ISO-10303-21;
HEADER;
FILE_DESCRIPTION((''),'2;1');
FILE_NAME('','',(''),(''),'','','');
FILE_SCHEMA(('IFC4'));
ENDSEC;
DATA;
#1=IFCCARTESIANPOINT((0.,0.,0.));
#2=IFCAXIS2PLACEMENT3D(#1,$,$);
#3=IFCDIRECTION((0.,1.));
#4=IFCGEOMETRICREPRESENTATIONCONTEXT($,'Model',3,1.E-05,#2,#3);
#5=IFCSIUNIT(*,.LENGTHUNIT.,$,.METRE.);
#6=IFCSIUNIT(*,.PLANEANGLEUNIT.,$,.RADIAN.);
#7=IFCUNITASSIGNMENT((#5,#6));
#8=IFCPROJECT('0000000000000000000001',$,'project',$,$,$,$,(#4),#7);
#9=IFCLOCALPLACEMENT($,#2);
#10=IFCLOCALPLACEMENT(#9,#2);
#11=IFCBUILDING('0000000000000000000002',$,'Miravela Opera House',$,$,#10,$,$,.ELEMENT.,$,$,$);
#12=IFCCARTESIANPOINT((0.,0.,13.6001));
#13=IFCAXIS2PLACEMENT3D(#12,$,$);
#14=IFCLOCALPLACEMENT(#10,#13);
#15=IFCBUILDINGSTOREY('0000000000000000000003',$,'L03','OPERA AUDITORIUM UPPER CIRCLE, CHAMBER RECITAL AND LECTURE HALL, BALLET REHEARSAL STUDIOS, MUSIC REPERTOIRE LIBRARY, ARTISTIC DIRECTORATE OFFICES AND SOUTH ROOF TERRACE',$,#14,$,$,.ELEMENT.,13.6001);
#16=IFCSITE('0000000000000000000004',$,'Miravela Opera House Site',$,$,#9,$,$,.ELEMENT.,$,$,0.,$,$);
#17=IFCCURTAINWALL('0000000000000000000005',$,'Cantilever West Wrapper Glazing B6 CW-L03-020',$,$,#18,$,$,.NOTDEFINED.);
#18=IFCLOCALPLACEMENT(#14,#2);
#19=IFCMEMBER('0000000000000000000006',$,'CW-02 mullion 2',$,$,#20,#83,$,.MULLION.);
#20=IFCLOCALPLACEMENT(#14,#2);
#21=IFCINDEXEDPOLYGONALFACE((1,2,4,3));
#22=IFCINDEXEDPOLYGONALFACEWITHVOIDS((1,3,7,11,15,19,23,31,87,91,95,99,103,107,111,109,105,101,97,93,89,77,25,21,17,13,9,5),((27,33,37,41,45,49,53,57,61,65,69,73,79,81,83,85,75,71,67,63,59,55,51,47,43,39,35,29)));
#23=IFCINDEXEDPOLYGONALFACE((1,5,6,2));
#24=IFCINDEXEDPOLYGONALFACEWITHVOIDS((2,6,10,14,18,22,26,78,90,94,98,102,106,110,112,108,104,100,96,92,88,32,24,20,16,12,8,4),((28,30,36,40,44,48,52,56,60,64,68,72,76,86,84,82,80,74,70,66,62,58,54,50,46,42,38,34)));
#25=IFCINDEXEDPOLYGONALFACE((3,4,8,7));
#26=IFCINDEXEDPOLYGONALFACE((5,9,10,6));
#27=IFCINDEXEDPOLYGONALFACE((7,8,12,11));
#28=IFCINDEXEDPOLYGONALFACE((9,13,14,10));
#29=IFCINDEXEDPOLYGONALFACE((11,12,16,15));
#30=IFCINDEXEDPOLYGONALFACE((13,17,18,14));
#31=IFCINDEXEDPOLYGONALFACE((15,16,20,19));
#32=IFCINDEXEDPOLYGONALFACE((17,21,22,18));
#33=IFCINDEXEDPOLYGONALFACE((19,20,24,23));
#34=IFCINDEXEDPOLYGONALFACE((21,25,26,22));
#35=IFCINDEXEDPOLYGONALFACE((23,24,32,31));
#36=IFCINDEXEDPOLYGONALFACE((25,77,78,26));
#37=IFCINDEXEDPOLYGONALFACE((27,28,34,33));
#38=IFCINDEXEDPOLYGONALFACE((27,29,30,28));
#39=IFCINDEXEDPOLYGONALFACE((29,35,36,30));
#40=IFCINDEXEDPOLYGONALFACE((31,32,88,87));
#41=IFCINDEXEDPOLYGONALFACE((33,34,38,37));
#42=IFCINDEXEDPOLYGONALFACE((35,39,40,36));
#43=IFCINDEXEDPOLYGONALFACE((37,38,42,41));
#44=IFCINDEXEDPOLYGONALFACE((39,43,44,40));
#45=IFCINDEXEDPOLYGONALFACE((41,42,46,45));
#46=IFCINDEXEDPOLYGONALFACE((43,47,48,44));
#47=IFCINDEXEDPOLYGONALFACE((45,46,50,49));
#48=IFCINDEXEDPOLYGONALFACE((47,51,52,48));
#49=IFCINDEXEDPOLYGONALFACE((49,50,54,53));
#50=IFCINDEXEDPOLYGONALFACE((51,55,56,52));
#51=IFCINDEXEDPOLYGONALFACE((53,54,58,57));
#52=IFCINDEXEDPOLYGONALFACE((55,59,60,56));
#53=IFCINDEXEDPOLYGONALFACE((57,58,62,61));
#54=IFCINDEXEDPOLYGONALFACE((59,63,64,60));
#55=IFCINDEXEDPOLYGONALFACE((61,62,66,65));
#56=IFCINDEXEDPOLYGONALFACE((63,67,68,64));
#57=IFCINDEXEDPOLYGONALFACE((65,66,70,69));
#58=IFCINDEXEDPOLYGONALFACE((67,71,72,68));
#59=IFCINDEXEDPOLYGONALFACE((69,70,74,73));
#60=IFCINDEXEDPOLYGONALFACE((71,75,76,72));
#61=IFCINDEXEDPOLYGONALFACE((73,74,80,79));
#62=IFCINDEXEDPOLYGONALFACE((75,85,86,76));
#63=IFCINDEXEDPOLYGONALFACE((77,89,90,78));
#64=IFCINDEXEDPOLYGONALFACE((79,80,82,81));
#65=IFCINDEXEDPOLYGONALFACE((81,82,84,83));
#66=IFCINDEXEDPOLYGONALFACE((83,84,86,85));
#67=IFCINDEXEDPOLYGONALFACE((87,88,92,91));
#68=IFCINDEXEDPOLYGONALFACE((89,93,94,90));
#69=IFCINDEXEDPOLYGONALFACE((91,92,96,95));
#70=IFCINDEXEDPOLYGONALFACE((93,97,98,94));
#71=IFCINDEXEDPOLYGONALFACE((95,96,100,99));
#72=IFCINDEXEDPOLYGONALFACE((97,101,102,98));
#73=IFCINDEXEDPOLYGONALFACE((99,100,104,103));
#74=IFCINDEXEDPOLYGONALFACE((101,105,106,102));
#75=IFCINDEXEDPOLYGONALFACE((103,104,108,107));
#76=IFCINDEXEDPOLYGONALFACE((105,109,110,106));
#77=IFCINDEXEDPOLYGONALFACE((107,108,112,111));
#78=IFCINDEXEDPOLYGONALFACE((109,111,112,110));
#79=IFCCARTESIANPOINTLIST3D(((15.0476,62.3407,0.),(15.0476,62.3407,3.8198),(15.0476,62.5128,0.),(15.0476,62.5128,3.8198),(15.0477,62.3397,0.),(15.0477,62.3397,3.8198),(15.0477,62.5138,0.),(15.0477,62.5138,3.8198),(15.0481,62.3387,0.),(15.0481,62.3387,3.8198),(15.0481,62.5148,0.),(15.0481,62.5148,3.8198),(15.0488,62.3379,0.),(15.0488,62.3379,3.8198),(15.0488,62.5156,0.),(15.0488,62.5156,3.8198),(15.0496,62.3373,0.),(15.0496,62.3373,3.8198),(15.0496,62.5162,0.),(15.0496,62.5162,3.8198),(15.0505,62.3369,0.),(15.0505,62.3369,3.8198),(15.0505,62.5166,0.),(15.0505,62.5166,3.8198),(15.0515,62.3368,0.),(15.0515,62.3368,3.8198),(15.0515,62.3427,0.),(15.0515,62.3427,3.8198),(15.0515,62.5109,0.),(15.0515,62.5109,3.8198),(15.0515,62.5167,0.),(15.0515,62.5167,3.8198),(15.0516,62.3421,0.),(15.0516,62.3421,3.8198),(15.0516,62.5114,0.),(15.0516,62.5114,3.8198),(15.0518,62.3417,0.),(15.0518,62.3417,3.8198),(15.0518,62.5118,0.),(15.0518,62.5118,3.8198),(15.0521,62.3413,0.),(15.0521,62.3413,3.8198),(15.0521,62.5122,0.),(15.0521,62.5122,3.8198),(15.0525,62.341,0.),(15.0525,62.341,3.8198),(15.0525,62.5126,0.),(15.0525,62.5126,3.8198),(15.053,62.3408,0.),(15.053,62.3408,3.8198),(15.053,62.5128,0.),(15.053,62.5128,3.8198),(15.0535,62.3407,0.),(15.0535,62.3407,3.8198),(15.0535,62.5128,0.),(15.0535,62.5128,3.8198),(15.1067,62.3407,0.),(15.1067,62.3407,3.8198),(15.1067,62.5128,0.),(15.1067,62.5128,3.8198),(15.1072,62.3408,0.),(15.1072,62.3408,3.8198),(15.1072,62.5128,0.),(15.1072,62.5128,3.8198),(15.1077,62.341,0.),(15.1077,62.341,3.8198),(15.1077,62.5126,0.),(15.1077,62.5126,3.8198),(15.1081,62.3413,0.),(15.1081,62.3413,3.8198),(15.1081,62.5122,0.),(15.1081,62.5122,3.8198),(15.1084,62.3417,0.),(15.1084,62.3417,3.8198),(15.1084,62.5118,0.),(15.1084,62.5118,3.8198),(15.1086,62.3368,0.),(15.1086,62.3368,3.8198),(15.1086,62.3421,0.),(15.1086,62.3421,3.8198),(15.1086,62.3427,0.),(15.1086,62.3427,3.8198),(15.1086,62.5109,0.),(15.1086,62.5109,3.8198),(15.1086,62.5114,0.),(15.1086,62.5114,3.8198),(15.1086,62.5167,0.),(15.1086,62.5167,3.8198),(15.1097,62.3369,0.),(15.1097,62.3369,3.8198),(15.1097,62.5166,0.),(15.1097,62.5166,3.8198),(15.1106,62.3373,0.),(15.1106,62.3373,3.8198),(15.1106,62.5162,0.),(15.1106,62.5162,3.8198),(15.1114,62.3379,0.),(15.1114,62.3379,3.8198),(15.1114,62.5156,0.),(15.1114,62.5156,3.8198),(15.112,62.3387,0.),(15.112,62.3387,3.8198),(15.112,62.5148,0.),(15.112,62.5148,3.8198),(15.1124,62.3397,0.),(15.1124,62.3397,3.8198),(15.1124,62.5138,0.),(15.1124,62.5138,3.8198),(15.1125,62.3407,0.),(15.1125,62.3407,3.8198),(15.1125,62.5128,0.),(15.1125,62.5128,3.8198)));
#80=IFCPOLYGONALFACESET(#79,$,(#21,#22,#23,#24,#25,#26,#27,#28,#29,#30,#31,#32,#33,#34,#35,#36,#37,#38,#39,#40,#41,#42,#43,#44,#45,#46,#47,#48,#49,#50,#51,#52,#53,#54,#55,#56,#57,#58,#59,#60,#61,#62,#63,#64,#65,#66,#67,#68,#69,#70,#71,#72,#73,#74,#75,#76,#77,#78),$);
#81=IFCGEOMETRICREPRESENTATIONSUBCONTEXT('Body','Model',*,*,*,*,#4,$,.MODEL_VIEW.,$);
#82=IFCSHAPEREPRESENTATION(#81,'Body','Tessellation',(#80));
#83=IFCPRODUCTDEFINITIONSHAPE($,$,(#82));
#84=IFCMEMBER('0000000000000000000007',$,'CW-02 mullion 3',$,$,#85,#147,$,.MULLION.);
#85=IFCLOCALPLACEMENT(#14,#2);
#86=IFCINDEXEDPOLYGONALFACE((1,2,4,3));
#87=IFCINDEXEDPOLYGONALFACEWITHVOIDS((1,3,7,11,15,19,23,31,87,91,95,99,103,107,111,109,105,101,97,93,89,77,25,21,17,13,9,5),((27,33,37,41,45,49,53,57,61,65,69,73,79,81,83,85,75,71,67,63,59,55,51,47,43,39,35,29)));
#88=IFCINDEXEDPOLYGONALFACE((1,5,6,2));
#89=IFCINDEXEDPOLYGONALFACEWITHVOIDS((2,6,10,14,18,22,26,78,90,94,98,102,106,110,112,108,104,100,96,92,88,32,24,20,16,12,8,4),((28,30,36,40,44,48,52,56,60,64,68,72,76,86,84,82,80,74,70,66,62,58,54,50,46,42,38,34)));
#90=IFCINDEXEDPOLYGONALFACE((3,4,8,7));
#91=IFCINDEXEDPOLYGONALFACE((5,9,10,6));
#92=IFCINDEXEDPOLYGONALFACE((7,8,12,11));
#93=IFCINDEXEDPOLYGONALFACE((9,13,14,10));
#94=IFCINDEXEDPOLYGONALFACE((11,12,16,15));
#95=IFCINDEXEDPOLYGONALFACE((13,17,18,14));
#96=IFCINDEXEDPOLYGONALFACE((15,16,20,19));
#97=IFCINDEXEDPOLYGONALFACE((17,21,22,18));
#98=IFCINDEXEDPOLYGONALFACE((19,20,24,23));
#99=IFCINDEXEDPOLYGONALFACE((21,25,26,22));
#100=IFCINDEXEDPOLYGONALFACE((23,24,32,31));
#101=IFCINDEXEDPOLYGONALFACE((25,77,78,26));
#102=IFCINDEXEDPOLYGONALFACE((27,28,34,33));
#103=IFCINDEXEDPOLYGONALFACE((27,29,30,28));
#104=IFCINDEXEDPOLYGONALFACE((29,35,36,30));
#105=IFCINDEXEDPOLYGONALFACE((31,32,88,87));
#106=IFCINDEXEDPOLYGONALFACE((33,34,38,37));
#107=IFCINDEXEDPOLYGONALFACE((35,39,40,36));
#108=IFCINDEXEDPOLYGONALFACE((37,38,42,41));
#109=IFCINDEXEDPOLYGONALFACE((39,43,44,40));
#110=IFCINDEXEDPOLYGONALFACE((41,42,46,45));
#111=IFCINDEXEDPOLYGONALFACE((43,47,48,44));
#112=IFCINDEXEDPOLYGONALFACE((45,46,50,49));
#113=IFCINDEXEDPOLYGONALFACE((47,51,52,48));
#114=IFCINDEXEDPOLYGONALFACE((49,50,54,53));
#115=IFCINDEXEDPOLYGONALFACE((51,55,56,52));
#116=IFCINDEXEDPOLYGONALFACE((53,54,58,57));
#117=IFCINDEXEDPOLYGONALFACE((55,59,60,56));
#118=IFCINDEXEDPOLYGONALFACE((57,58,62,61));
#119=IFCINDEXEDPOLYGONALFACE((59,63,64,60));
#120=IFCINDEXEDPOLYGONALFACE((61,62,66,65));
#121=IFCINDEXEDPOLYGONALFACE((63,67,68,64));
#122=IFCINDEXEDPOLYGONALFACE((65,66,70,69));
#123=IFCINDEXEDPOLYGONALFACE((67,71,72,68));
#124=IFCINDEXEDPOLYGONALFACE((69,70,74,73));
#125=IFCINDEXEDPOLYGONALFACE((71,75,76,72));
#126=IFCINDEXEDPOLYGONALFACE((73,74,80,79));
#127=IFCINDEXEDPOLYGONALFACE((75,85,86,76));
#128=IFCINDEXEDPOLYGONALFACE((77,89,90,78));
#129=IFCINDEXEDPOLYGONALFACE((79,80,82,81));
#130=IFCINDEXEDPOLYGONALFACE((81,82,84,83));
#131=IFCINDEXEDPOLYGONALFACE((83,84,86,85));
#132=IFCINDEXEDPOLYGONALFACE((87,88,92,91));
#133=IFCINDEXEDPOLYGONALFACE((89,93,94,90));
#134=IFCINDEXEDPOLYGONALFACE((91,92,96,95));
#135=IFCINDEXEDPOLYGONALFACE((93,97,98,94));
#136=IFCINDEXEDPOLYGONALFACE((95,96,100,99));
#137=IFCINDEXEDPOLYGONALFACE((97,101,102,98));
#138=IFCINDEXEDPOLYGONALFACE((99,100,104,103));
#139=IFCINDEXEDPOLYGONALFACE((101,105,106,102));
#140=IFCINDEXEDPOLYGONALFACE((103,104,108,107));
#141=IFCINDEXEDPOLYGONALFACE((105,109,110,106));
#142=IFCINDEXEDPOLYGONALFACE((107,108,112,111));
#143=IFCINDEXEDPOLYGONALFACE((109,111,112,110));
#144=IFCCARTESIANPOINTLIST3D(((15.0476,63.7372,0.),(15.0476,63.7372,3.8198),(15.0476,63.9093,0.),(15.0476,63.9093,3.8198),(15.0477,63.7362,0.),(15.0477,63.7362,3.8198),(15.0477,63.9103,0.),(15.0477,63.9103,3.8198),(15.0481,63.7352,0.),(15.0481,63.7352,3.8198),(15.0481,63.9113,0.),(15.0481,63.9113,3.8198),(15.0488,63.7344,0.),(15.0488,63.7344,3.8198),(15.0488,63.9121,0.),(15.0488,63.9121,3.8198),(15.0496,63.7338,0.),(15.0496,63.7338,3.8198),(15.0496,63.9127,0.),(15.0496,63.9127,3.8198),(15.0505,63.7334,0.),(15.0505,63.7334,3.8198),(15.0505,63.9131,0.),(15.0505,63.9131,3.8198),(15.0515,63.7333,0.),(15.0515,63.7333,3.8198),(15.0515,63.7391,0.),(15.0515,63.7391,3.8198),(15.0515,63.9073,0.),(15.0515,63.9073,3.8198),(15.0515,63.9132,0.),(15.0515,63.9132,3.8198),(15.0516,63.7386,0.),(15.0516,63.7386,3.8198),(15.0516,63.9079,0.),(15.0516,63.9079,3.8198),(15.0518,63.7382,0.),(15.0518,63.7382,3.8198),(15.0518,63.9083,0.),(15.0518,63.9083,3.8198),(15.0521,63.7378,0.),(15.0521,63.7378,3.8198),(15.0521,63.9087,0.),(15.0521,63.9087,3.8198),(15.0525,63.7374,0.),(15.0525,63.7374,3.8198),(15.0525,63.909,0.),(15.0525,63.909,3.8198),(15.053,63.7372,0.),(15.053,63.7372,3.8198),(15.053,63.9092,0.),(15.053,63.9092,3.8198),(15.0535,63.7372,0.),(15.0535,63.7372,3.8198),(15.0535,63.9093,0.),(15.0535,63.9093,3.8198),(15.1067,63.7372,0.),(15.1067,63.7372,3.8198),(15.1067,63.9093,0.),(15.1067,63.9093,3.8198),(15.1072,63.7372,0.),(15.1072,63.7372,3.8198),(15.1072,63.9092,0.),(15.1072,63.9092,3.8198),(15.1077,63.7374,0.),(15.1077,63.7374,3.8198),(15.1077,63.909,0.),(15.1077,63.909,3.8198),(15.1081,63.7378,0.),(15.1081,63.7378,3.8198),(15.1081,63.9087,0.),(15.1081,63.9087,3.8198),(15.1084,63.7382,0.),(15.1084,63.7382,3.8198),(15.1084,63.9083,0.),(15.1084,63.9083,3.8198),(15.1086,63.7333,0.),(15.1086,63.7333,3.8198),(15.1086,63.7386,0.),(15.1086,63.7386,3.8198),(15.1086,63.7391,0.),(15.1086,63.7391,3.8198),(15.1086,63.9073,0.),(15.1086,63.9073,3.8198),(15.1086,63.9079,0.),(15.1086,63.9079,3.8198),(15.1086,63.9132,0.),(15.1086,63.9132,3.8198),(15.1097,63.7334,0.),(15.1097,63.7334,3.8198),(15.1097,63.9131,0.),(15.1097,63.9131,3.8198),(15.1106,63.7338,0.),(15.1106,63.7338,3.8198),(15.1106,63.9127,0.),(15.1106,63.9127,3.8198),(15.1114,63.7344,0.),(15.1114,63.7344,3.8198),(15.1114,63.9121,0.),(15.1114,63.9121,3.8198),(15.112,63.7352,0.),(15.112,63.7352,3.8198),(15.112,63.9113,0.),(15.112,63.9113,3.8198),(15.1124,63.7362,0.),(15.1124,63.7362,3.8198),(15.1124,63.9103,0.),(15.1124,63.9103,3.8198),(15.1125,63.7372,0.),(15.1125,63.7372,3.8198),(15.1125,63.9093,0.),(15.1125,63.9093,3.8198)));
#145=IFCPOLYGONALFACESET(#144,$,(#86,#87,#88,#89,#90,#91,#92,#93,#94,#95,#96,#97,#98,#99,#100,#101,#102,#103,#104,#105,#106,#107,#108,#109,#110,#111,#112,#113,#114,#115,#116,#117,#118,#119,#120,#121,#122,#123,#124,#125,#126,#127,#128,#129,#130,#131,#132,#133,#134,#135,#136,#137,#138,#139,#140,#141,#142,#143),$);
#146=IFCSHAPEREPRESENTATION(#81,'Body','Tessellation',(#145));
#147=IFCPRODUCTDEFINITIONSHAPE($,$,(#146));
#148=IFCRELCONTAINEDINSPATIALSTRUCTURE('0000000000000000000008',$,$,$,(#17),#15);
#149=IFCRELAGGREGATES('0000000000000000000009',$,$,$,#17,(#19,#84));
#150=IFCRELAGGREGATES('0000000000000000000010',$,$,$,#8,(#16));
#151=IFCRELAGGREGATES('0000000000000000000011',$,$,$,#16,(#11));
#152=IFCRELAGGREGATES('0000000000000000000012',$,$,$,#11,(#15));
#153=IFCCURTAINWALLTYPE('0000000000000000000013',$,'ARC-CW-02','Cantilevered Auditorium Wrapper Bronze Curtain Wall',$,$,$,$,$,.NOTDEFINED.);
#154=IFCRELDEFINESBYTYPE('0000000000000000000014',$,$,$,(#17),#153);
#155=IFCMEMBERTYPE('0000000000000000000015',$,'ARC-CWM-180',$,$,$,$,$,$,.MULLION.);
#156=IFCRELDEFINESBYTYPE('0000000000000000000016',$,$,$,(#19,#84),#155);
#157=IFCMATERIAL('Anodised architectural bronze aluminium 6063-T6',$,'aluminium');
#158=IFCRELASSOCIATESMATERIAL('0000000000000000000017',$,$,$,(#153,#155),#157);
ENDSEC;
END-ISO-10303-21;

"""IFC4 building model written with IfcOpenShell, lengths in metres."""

from ifc_helpers import new_model, si_unit, direction, frame, origin, origin_2d, place, context, subcontext, project, spatial, hollow_rectangle, extrude, material, material_profile, profile_set, type_object, element, aggregate, save


model = new_model("IFC4")

# Units and contexts
model_context = context("Model", 3, precision=1e-05, world=origin(), true_north=direction((0.0, 1.0)))
body_context = subcontext(model_context, "Body", "Model", "MODEL_VIEW")
ifc_project = project(units=[si_unit("LENGTHUNIT", "METRE"), si_unit("PLANEANGLEUNIT", "RADIAN")], contexts=[model_context])

# Site, building, storey
site_placement = place(None, origin())
site = spatial("IfcSite", under=ifc_project, at=site_placement, Name="Miravela Opera House Site", CompositionType="ELEMENT", RefElevation=0.0)
building_placement = place(site_placement, origin())
building = spatial("IfcBuilding", under=site, at=building_placement, Name="Miravela Opera House", CompositionType="ELEMENT")
storey_placement = place(building_placement, frame((0.0, 0.0, 13.6001)))
storey = spatial("IfcBuildingStorey", under=building, at=storey_placement, Name="L03", Description="OPERA AUDITORIUM UPPER CIRCLE, CHAMBER RECITAL AND LECTURE HALL, BALLET REHEARSAL STUDIOS, MUSIC REPERTOIRE LIBRARY, ARTISTIC DIRECTORATE OFFICES AND SOUTH ROOF TERRACE", CompositionType="ELEMENT", Elevation=13.6001)

# Curtain wall, members
ifc_material_1 = material(Name="Anodised architectural bronze aluminium 6063-T6", Category="aluminium")
curtain_wall_type = type_object("IfcCurtainWallType", Name="ARC-CW-02", Description="Cantilevered Auditorium Wrapper Bronze Curtain Wall", PredefinedType="NOTDEFINED", material=ifc_material_1)
curtain_wall_1_placement = place(storey_placement, origin())
curtain_wall_1 = element("IfcCurtainWall", 1, at=curtain_wall_1_placement, inside=storey, type_object=curtain_wall_type, Name="Cantilever West Wrapper Glazing B6 CW-L03-020", PredefinedType="NOTDEFINED")
ifc_material_profile_1 = material_profile(ifc_material_1, hollow_rectangle(XDim=0.0649, YDim=0.1799, WallThickness=0.0039, InnerFilletRadius=0.002, OuterFilletRadius=0.0039, at=origin_2d()), Name="CWM-65X180")
ifc_profile_set_1 = profile_set([ifc_material_profile_1])
member_type_1 = type_object("IfcMemberType", Name="ARC-CWM-180", PredefinedType="MULLION", material=ifc_profile_set_1)
member_1_placement = place(storey_placement, frame((15.0801, 62.4268, 0.0), z_axis=(0.0, 0.0, 1.0), x_axis=(-1.0, 0.0, 0.0)))
member_1 = element("IfcMember", 2, at=member_1_placement, type_object=member_type_1, Name="CW-02 mullion 2", PredefinedType="MULLION", context=body_context, shape_type="SweptSolid", body=[
    extrude(hollow_rectangle(XDim=0.0649, YDim=0.1799, WallThickness=0.0039, InnerFilletRadius=0.002, OuterFilletRadius=0.0039, at=origin_2d()), origin(), (0.0, 0.0, 1.0), 3.8198),
])
member_2_placement = place(storey_placement, frame((15.0801, 63.8232, 0.0), z_axis=(0.0, 0.0, 1.0), x_axis=(-1.0, 0.0, 0.0)))
member_2 = element("IfcMember", 3, at=member_2_placement, type_object=member_type_1, Name="CW-02 mullion 3", PredefinedType="MULLION", context=body_context, shape_type="SweptSolid", body=[
    extrude(hollow_rectangle(XDim=0.0649, YDim=0.1799, WallThickness=0.0039, InnerFilletRadius=0.002, OuterFilletRadius=0.0039, at=origin_2d()), origin(), (0.0, 0.0, 1.0), 3.8198),
])

aggregate(curtain_wall_1, [member_1, member_2])

save(model, "model.ifc")
